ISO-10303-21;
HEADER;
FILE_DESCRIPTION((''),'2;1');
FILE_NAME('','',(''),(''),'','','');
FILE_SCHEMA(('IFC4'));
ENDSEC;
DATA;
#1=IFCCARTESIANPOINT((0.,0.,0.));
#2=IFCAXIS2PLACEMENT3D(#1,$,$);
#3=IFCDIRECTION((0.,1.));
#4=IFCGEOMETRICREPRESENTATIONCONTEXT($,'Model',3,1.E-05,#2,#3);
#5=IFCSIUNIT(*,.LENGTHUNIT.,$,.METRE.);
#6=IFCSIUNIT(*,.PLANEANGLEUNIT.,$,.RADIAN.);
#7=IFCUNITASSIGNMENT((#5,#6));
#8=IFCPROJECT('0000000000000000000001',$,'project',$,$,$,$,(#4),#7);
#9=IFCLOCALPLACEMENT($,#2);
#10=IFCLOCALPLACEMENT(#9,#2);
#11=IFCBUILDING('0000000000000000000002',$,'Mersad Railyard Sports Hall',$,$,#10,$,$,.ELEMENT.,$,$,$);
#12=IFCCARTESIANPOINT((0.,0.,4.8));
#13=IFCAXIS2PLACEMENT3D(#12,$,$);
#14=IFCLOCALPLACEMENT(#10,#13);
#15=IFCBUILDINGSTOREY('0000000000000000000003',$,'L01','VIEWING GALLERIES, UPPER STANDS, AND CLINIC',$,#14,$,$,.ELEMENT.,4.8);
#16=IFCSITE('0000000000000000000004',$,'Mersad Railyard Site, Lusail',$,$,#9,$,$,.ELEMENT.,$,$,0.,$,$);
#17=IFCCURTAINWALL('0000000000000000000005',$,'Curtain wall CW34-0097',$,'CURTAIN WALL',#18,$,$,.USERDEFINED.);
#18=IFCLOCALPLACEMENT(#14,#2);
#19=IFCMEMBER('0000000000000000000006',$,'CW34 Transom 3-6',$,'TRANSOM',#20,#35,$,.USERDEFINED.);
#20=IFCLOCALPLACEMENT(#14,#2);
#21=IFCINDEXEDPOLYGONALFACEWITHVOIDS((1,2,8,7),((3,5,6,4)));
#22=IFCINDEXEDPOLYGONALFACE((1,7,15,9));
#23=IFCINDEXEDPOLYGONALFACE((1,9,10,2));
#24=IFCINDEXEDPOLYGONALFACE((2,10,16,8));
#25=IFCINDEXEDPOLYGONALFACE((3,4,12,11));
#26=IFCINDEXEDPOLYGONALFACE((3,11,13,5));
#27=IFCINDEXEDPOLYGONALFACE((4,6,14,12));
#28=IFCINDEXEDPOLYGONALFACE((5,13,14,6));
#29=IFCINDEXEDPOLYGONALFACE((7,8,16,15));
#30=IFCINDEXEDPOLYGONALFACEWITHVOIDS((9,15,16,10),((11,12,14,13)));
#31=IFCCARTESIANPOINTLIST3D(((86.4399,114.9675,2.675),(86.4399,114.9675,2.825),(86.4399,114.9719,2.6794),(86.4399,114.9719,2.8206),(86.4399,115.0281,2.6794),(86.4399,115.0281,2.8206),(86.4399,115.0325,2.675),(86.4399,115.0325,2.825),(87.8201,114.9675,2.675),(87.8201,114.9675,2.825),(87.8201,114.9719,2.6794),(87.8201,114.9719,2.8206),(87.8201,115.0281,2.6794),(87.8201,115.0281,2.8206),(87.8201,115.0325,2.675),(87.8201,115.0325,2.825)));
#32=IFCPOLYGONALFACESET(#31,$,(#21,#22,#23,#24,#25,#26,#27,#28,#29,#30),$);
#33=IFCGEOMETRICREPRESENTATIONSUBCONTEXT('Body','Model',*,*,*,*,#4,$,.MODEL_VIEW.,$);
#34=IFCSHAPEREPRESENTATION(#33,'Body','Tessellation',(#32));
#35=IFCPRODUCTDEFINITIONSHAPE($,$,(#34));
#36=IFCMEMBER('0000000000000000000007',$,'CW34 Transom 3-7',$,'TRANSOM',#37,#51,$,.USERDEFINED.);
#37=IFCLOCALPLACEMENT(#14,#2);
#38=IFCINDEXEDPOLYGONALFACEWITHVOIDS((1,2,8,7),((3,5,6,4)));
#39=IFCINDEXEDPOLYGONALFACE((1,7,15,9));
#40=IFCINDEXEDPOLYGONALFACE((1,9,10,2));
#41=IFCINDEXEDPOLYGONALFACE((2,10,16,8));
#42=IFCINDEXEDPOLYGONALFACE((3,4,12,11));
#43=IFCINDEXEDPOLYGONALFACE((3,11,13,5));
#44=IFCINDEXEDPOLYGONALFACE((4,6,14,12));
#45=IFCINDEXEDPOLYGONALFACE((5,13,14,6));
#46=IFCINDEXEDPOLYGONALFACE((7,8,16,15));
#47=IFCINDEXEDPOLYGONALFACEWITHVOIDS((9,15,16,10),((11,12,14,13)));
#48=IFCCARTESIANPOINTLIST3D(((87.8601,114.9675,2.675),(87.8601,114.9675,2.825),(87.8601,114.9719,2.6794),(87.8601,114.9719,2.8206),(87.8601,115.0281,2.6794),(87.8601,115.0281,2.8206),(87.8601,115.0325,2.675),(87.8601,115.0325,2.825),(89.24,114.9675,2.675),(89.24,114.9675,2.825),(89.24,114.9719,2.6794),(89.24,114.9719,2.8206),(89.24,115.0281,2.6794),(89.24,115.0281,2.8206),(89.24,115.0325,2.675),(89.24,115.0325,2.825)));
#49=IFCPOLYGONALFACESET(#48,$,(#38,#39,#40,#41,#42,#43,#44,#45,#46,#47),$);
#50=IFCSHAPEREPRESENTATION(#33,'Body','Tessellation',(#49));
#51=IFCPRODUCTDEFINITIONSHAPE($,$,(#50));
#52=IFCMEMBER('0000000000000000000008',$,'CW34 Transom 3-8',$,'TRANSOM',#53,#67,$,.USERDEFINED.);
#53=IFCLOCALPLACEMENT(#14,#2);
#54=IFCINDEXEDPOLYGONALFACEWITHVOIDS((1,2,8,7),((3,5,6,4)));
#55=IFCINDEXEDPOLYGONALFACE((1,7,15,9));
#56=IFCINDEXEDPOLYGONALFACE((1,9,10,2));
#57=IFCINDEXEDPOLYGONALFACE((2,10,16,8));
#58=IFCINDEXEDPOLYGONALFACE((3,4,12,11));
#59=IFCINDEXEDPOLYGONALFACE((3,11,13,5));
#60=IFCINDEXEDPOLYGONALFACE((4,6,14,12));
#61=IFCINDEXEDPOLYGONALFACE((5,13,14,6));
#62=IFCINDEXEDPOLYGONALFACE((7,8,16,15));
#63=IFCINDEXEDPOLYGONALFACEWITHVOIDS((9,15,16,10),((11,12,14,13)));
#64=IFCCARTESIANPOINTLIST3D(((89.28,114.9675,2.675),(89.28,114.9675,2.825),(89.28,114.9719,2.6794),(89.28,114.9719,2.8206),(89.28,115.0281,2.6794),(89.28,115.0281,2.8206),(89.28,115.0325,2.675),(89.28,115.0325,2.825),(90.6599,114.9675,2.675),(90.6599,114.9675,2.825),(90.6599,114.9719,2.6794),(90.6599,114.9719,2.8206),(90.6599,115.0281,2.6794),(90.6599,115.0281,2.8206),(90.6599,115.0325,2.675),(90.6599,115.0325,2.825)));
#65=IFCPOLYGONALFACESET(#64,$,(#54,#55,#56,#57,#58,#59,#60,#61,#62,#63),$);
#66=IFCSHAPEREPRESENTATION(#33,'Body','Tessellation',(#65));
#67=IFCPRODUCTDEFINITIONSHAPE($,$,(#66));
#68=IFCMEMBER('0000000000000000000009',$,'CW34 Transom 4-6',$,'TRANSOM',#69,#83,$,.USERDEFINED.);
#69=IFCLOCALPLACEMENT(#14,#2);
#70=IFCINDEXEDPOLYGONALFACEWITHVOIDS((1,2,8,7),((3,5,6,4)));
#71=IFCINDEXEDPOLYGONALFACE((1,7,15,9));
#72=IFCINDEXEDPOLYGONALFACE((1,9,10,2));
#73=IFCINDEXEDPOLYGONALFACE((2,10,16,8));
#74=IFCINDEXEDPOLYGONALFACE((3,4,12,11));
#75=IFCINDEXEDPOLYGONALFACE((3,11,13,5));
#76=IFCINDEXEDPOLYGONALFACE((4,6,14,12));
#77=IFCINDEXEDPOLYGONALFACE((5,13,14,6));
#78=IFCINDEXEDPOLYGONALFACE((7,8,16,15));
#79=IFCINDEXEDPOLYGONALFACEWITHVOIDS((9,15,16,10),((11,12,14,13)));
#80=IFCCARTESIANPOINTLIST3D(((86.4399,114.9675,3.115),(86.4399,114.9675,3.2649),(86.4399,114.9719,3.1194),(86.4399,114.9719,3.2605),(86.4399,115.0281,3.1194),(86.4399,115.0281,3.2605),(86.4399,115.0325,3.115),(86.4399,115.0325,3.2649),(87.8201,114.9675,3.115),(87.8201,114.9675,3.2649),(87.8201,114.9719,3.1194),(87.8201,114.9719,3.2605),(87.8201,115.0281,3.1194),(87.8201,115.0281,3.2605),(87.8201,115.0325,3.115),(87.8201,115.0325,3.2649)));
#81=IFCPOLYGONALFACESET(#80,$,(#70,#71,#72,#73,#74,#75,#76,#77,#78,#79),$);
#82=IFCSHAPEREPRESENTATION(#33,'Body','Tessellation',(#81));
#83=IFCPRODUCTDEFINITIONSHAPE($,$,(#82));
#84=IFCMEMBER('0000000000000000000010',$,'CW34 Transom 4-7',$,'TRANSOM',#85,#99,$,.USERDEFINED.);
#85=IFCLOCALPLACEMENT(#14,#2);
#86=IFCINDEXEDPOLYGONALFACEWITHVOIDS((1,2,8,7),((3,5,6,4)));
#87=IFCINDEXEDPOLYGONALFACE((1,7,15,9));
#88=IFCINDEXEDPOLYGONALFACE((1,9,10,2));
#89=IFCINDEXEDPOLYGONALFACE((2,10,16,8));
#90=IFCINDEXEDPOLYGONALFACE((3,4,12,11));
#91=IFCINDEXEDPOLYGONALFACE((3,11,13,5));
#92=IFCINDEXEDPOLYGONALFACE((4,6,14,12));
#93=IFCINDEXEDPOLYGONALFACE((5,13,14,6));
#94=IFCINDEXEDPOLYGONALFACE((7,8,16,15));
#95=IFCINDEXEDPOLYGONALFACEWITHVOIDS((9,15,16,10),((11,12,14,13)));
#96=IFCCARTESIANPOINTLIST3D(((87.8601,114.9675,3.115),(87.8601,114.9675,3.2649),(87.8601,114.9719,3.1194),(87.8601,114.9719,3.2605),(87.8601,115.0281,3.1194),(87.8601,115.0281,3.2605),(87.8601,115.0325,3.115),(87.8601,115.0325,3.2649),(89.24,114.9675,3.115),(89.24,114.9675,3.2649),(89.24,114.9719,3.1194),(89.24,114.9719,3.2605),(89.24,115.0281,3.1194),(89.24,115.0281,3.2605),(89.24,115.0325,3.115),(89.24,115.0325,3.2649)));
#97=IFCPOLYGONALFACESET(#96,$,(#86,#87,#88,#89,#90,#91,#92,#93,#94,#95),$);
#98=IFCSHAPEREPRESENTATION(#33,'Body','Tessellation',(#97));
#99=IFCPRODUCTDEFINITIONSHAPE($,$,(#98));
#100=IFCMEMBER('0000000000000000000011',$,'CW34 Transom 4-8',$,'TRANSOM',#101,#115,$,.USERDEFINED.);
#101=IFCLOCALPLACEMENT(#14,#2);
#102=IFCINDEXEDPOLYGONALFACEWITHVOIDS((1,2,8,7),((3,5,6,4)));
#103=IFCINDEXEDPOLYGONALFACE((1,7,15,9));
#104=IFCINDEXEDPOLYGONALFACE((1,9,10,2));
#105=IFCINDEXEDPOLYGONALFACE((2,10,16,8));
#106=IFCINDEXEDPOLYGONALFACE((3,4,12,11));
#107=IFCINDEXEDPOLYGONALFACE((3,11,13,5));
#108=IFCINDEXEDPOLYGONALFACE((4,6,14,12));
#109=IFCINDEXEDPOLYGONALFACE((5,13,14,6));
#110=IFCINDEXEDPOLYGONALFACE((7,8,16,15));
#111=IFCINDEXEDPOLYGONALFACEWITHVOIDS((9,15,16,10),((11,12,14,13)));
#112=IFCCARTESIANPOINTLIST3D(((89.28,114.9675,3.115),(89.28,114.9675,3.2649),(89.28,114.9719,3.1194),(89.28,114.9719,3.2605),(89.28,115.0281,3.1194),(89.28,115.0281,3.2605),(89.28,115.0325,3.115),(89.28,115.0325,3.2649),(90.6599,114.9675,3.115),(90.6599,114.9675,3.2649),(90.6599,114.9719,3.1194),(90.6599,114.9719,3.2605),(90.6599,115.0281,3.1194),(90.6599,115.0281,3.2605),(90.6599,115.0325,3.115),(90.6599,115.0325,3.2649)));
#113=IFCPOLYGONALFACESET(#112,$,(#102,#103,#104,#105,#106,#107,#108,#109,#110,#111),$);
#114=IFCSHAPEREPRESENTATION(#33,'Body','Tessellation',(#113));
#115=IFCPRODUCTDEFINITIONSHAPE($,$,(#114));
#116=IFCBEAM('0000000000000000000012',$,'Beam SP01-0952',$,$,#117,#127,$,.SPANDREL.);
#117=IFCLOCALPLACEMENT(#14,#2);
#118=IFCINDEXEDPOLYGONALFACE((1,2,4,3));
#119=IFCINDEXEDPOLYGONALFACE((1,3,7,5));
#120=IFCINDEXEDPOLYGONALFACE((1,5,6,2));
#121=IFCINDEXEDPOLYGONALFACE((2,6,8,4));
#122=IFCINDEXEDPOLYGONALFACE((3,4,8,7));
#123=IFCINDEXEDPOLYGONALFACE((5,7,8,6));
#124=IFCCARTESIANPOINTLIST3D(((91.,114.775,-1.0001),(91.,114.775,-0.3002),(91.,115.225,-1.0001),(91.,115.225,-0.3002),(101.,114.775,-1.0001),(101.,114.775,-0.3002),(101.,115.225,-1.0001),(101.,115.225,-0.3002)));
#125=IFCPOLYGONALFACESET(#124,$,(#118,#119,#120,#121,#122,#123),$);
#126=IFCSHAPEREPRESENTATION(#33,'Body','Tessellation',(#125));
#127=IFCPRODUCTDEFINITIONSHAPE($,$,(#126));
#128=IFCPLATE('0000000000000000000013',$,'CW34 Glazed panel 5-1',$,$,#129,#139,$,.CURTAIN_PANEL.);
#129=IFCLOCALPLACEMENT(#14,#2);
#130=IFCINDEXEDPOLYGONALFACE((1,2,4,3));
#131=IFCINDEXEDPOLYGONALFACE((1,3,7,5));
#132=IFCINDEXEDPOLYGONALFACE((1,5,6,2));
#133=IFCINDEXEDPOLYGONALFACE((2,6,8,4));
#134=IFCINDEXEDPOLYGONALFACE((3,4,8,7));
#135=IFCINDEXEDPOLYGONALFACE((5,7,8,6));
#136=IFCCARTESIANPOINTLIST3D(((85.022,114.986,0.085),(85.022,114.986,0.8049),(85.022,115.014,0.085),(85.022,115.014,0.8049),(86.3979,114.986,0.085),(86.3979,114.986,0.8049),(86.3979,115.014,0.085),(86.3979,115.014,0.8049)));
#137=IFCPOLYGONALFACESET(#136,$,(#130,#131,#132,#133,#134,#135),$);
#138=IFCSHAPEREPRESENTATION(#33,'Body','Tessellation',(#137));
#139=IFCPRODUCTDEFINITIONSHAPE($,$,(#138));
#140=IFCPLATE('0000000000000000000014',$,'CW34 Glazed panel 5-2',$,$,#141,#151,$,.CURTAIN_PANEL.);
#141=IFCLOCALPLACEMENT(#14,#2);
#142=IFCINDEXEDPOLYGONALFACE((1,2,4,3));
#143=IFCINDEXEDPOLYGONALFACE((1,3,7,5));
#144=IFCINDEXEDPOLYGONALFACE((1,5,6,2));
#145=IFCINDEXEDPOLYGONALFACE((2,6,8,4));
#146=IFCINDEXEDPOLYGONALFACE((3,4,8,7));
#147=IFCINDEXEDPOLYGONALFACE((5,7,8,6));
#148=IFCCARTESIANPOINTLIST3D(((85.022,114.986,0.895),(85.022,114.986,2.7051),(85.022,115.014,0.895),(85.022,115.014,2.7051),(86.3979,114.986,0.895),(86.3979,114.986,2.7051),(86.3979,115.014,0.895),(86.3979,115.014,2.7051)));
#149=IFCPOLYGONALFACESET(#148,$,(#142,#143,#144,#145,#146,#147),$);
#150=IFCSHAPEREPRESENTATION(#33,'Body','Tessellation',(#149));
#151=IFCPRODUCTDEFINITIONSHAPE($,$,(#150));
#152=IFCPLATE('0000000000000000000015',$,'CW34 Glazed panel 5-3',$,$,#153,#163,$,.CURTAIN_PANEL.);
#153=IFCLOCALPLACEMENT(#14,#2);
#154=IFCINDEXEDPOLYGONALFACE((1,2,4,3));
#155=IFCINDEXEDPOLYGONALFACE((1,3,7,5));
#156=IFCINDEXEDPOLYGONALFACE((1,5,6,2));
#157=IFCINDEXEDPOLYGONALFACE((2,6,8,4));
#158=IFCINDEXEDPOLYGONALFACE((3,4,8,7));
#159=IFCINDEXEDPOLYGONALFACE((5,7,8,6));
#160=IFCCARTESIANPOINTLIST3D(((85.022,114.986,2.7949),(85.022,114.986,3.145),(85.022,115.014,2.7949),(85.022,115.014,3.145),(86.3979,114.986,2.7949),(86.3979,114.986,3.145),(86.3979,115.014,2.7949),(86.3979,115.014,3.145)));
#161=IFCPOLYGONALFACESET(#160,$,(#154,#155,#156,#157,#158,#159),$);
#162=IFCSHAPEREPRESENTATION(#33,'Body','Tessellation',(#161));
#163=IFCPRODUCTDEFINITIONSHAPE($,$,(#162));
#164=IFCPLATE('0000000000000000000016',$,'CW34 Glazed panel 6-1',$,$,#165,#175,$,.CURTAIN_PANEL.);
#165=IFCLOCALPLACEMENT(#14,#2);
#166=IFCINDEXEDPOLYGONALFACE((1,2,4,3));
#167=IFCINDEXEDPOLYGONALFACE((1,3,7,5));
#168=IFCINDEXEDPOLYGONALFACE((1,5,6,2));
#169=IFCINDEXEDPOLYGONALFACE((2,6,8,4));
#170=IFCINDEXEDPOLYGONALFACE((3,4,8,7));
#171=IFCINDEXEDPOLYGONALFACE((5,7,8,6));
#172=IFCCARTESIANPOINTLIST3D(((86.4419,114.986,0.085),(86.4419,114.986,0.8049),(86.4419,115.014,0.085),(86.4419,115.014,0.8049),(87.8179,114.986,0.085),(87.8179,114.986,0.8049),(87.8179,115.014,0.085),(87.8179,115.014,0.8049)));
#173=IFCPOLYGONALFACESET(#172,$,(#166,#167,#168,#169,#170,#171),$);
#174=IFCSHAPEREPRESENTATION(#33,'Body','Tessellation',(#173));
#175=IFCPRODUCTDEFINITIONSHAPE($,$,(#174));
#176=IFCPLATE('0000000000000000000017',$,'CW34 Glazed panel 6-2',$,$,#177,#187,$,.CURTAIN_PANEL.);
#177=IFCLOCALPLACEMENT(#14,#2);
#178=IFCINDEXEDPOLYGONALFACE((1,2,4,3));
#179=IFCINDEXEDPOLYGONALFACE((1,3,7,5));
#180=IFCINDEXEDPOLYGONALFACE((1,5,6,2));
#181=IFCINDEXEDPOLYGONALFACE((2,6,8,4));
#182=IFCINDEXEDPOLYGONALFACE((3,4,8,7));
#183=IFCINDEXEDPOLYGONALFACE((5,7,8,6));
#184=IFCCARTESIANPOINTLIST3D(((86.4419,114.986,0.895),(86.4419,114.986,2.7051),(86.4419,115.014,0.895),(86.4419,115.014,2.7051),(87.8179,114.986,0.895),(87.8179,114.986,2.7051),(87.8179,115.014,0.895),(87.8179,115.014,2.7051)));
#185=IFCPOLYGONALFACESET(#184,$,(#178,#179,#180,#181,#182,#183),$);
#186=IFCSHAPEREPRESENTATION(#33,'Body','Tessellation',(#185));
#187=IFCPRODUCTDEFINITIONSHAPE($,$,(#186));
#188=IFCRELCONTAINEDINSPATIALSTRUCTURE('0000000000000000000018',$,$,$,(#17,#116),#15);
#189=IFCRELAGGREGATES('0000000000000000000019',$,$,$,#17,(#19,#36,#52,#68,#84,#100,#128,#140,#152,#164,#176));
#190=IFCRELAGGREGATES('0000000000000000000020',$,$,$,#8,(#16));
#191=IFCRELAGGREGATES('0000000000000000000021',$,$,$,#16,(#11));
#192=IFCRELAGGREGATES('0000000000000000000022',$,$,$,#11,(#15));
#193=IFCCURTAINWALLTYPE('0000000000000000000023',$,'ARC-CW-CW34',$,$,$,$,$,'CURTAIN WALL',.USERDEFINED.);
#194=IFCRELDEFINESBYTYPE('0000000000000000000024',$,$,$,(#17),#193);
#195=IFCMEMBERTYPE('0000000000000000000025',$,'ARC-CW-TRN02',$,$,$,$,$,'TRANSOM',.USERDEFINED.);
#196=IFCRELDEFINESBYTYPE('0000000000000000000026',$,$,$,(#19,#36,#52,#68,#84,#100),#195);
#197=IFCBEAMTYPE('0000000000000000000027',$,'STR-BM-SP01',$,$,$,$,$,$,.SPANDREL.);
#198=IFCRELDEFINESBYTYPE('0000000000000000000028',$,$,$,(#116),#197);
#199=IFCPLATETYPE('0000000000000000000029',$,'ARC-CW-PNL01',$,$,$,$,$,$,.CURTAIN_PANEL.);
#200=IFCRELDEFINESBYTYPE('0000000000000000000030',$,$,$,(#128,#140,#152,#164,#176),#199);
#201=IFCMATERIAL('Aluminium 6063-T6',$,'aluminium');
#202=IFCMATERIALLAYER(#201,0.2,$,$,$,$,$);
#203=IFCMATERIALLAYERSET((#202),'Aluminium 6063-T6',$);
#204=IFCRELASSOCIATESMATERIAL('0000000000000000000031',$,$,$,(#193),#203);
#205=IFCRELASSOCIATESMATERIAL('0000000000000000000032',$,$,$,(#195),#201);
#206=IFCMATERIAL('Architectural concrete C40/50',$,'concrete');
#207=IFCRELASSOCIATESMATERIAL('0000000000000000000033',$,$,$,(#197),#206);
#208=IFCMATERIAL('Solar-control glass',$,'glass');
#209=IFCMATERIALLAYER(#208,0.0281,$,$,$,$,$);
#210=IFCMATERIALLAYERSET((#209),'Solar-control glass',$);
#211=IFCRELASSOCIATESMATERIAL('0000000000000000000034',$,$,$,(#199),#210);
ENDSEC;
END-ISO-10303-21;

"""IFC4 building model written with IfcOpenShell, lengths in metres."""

from ifc_helpers import new_model, si_unit, direction, frame, origin, origin_2d, place, context, subcontext, project, spatial, rectangle, hollow_rectangle, extrude, material, layer, layer_set, material_profile, profile_set, type_object, element, aggregate, save


model = new_model("IFC4")

# Units and contexts
model_context = context("Model", 3, precision=1e-05, world=origin(), true_north=direction((0.0, 1.0)))
body_context = subcontext(model_context, "Body", "Model", "MODEL_VIEW")
ifc_project = project(units=[si_unit("LENGTHUNIT", "METRE"), si_unit("PLANEANGLEUNIT", "RADIAN")], contexts=[model_context])

# Site, building, storey
site_placement = place(None, origin())
site = spatial("IfcSite", under=ifc_project, at=site_placement, Name="Mersad Railyard Site, Lusail", CompositionType="ELEMENT", RefElevation=0.0)
building_placement = place(site_placement, origin())
building = spatial("IfcBuilding", under=site, at=building_placement, Name="Mersad Railyard Sports Hall", CompositionType="ELEMENT")
storey_placement = place(building_placement, frame((0.0, 0.0, 4.8)))
storey = spatial("IfcBuildingStorey", under=building, at=storey_placement, Name="L01", Description="VIEWING GALLERIES, UPPER STANDS, AND CLINIC", CompositionType="ELEMENT", Elevation=4.8)

# Curtain wall, members
ifc_material_1 = material(Name="Aluminium 6063-T6", Category="aluminium")
ifc_layer_1 = layer(ifc_material_1, 0.2)
ifc_layer_set_1 = layer_set([ifc_layer_1], Name="Aluminium 6063-T6")
curtain_wall_type = type_object("IfcCurtainWallType", Name="ARC-CW-CW34", ElementType="CURTAIN WALL", PredefinedType="USERDEFINED", material=ifc_layer_set_1)
curtain_wall_placement = place(storey_placement, origin())
curtain_wall = element("IfcCurtainWall", 1, at=curtain_wall_placement, inside=storey, type_object=curtain_wall_type, Name="Curtain wall CW34-0097", ObjectType="CURTAIN WALL", PredefinedType="USERDEFINED")
ifc_material_profile_1 = material_profile(ifc_material_1, hollow_rectangle(XDim=0.0649, YDim=0.1499, WallThickness=0.0044, at=origin_2d()), Name="AL TRANSOM 65x150x4.5")
ifc_profile_set_1 = profile_set([ifc_material_profile_1], Name="Aluminium 6063-T6")
member_type_1 = type_object("IfcMemberType", Name="ARC-CW-TRN02", ElementType="TRANSOM", PredefinedType="USERDEFINED", material=ifc_profile_set_1)
member_1_placement = place(storey_placement, frame((86.4399, 115.0, 2.75), z_axis=(1.0, 0.0, 0.0), x_axis=(0.0, 1.0, 0.0)))
member_1 = element("IfcMember", 2, at=member_1_placement, type_object=member_type_1, Name="CW34 Transom 3-6", ObjectType="TRANSOM", PredefinedType="USERDEFINED", context=body_context, shape_type="SweptSolid", body=[
    extrude(hollow_rectangle(XDim=0.0649, YDim=0.1499, WallThickness=0.0044, at=origin_2d()), origin(), (0.0, 0.0, 1.0), 1.3801),
])
member_2_placement = place(storey_placement, frame((87.8601, 115.0, 2.75), z_axis=(1.0, 0.0, 0.0), x_axis=(0.0, 1.0, 0.0)))
member_2 = element("IfcMember", 3, at=member_2_placement, type_object=member_type_1, Name="CW34 Transom 3-7", ObjectType="TRANSOM", PredefinedType="USERDEFINED", context=body_context, shape_type="SweptSolid", body=[
    extrude(hollow_rectangle(XDim=0.0649, YDim=0.1499, WallThickness=0.0044, at=origin_2d()), origin(), (0.0, 0.0, 1.0), 1.3799),
])
member_3_placement = place(storey_placement, frame((89.28, 115.0, 2.75), z_axis=(1.0, 0.0, 0.0), x_axis=(0.0, 1.0, 0.0)))
member_3 = element("IfcMember", 4, at=member_3_placement, type_object=member_type_1, Name="CW34 Transom 3-8", ObjectType="TRANSOM", PredefinedType="USERDEFINED", context=body_context, shape_type="SweptSolid", body=[
    extrude(hollow_rectangle(XDim=0.0649, YDim=0.1499, WallThickness=0.0044, at=origin_2d()), origin(), (0.0, 0.0, 1.0), 1.3799),
])
member_4_placement = place(storey_placement, frame((86.4399, 115.0, 3.1899), z_axis=(1.0, 0.0, 0.0), x_axis=(0.0, 1.0, 0.0)))
member_4 = element("IfcMember", 5, at=member_4_placement, type_object=member_type_1, Name="CW34 Transom 4-6", ObjectType="TRANSOM", PredefinedType="USERDEFINED", context=body_context, shape_type="SweptSolid", body=[
    extrude(hollow_rectangle(XDim=0.0649, YDim=0.1499, WallThickness=0.0044, at=origin_2d()), origin(), (0.0, 0.0, 1.0), 1.3801),
])
member_5_placement = place(storey_placement, frame((87.8601, 115.0, 3.1899), z_axis=(1.0, 0.0, 0.0), x_axis=(0.0, 1.0, 0.0)))
member_5 = element("IfcMember", 6, at=member_5_placement, type_object=member_type_1, Name="CW34 Transom 4-7", ObjectType="TRANSOM", PredefinedType="USERDEFINED", context=body_context, shape_type="SweptSolid", body=[
    extrude(hollow_rectangle(XDim=0.0649, YDim=0.1499, WallThickness=0.0044, at=origin_2d()), origin(), (0.0, 0.0, 1.0), 1.3799),
])
member_6_placement = place(storey_placement, frame((89.28, 115.0, 3.1899), z_axis=(1.0, 0.0, 0.0), x_axis=(0.0, 1.0, 0.0)))
member_6 = element("IfcMember", 7, at=member_6_placement, type_object=member_type_1, Name="CW34 Transom 4-8", ObjectType="TRANSOM", PredefinedType="USERDEFINED", context=body_context, shape_type="SweptSolid", body=[
    extrude(hollow_rectangle(XDim=0.0649, YDim=0.1499, WallThickness=0.0044, at=origin_2d()), origin(), (0.0, 0.0, 1.0), 1.3799),
])

# Beam
ifc_material_2 = material(Name="Architectural concrete C40/50", Category="concrete")
ifc_material_profile_2 = material_profile(ifc_material_2, rectangle(XDim=0.45, YDim=0.7, at=origin_2d()), Name="RC 450x700")
ifc_profile_set_2 = profile_set([ifc_material_profile_2], Name="Architectural concrete C40/50")
beam_type = type_object("IfcBeamType", Name="STR-BM-SP01", PredefinedType="SPANDREL", material=ifc_profile_set_2)
beam_placement = place(storey_placement, frame((91.0, 115.0, -0.6501), z_axis=(1.0, 0.0, 0.0), x_axis=(0.0, 1.0, 0.0)))
element("IfcBeam", 8, at=beam_placement, inside=storey, type_object=beam_type, Name="Beam SP01-0952", PredefinedType="SPANDREL", context=body_context, shape_type="SweptSolid", body=[
    extrude(rectangle(XDim=0.45, YDim=0.7, at=origin_2d()), origin(), (0.0, 0.0, 1.0), 10.0),
])

# Plates
ifc_material_3 = material(Name="Solar-control glass", Category="glass")
ifc_layer_2 = layer(ifc_material_3, 0.0281)
ifc_layer_set_2 = layer_set([ifc_layer_2], Name="Solar-control glass")
plate_type = type_object("IfcPlateType", Name="ARC-CW-PNL01", PredefinedType="CURTAIN_PANEL", material=ifc_layer_set_2)
plate_1_placement = place(storey_placement, frame((85.71, 115.0, 0.085), z_axis=(0.0, 0.0, 1.0), x_axis=(1.0, 0.0, 0.0)))
plate_1 = element("IfcPlate", 9, at=plate_1_placement, type_object=plate_type, Name="CW34 Glazed panel 5-1", PredefinedType="CURTAIN_PANEL", context=body_context, shape_type="SweptSolid", body=[
    extrude(rectangle(XDim=1.376, YDim=0.0281, at=origin_2d()), origin(), (0.0, 0.0, 1.0), 0.72),
])
plate_2_placement = place(storey_placement, frame((85.71, 115.0, 0.895), z_axis=(0.0, 0.0, 1.0), x_axis=(1.0, 0.0, 0.0)))
plate_2 = element("IfcPlate", 10, at=plate_2_placement, type_object=plate_type, Name="CW34 Glazed panel 5-2", PredefinedType="CURTAIN_PANEL", context=body_context, shape_type="SweptSolid", body=[
    extrude(rectangle(XDim=1.376, YDim=0.0281, at=origin_2d()), origin(), (0.0, 0.0, 1.0), 1.8101),
])
plate_3_placement = place(storey_placement, frame((85.71, 115.0, 2.7949), z_axis=(0.0, 0.0, 1.0), x_axis=(1.0, 0.0, 0.0)))
plate_3 = element("IfcPlate", 11, at=plate_3_placement, type_object=plate_type, Name="CW34 Glazed panel 5-3", PredefinedType="CURTAIN_PANEL", context=body_context, shape_type="SweptSolid", body=[
    extrude(rectangle(XDim=1.376, YDim=0.0281, at=origin_2d()), origin(), (0.0, 0.0, 1.0), 0.3501),
])
plate_4_placement = place(storey_placement, frame((87.1299, 115.0, 0.085), z_axis=(0.0, 0.0, 1.0), x_axis=(1.0, 0.0, 0.0)))
plate_4 = element("IfcPlate", 12, at=plate_4_placement, type_object=plate_type, Name="CW34 Glazed panel 6-1", PredefinedType="CURTAIN_PANEL", context=body_context, shape_type="SweptSolid", body=[
    extrude(rectangle(XDim=1.376, YDim=0.0281, at=origin_2d()), origin(), (0.0, 0.0, 1.0), 0.72),
])
plate_5_placement = place(storey_placement, frame((87.1299, 115.0, 0.895), z_axis=(0.0, 0.0, 1.0), x_axis=(1.0, 0.0, 0.0)))
plate_5 = element("IfcPlate", 13, at=plate_5_placement, type_object=plate_type, Name="CW34 Glazed panel 6-2", PredefinedType="CURTAIN_PANEL", context=body_context, shape_type="SweptSolid", body=[
    extrude(rectangle(XDim=1.376, YDim=0.0281, at=origin_2d()), origin(), (0.0, 0.0, 1.0), 1.8101),
])
aggregate(curtain_wall, [member_1, member_2, member_3, member_4, member_5, member_6, plate_1, plate_2, plate_3, plate_4, plate_5])

save(model, "model.ifc")
